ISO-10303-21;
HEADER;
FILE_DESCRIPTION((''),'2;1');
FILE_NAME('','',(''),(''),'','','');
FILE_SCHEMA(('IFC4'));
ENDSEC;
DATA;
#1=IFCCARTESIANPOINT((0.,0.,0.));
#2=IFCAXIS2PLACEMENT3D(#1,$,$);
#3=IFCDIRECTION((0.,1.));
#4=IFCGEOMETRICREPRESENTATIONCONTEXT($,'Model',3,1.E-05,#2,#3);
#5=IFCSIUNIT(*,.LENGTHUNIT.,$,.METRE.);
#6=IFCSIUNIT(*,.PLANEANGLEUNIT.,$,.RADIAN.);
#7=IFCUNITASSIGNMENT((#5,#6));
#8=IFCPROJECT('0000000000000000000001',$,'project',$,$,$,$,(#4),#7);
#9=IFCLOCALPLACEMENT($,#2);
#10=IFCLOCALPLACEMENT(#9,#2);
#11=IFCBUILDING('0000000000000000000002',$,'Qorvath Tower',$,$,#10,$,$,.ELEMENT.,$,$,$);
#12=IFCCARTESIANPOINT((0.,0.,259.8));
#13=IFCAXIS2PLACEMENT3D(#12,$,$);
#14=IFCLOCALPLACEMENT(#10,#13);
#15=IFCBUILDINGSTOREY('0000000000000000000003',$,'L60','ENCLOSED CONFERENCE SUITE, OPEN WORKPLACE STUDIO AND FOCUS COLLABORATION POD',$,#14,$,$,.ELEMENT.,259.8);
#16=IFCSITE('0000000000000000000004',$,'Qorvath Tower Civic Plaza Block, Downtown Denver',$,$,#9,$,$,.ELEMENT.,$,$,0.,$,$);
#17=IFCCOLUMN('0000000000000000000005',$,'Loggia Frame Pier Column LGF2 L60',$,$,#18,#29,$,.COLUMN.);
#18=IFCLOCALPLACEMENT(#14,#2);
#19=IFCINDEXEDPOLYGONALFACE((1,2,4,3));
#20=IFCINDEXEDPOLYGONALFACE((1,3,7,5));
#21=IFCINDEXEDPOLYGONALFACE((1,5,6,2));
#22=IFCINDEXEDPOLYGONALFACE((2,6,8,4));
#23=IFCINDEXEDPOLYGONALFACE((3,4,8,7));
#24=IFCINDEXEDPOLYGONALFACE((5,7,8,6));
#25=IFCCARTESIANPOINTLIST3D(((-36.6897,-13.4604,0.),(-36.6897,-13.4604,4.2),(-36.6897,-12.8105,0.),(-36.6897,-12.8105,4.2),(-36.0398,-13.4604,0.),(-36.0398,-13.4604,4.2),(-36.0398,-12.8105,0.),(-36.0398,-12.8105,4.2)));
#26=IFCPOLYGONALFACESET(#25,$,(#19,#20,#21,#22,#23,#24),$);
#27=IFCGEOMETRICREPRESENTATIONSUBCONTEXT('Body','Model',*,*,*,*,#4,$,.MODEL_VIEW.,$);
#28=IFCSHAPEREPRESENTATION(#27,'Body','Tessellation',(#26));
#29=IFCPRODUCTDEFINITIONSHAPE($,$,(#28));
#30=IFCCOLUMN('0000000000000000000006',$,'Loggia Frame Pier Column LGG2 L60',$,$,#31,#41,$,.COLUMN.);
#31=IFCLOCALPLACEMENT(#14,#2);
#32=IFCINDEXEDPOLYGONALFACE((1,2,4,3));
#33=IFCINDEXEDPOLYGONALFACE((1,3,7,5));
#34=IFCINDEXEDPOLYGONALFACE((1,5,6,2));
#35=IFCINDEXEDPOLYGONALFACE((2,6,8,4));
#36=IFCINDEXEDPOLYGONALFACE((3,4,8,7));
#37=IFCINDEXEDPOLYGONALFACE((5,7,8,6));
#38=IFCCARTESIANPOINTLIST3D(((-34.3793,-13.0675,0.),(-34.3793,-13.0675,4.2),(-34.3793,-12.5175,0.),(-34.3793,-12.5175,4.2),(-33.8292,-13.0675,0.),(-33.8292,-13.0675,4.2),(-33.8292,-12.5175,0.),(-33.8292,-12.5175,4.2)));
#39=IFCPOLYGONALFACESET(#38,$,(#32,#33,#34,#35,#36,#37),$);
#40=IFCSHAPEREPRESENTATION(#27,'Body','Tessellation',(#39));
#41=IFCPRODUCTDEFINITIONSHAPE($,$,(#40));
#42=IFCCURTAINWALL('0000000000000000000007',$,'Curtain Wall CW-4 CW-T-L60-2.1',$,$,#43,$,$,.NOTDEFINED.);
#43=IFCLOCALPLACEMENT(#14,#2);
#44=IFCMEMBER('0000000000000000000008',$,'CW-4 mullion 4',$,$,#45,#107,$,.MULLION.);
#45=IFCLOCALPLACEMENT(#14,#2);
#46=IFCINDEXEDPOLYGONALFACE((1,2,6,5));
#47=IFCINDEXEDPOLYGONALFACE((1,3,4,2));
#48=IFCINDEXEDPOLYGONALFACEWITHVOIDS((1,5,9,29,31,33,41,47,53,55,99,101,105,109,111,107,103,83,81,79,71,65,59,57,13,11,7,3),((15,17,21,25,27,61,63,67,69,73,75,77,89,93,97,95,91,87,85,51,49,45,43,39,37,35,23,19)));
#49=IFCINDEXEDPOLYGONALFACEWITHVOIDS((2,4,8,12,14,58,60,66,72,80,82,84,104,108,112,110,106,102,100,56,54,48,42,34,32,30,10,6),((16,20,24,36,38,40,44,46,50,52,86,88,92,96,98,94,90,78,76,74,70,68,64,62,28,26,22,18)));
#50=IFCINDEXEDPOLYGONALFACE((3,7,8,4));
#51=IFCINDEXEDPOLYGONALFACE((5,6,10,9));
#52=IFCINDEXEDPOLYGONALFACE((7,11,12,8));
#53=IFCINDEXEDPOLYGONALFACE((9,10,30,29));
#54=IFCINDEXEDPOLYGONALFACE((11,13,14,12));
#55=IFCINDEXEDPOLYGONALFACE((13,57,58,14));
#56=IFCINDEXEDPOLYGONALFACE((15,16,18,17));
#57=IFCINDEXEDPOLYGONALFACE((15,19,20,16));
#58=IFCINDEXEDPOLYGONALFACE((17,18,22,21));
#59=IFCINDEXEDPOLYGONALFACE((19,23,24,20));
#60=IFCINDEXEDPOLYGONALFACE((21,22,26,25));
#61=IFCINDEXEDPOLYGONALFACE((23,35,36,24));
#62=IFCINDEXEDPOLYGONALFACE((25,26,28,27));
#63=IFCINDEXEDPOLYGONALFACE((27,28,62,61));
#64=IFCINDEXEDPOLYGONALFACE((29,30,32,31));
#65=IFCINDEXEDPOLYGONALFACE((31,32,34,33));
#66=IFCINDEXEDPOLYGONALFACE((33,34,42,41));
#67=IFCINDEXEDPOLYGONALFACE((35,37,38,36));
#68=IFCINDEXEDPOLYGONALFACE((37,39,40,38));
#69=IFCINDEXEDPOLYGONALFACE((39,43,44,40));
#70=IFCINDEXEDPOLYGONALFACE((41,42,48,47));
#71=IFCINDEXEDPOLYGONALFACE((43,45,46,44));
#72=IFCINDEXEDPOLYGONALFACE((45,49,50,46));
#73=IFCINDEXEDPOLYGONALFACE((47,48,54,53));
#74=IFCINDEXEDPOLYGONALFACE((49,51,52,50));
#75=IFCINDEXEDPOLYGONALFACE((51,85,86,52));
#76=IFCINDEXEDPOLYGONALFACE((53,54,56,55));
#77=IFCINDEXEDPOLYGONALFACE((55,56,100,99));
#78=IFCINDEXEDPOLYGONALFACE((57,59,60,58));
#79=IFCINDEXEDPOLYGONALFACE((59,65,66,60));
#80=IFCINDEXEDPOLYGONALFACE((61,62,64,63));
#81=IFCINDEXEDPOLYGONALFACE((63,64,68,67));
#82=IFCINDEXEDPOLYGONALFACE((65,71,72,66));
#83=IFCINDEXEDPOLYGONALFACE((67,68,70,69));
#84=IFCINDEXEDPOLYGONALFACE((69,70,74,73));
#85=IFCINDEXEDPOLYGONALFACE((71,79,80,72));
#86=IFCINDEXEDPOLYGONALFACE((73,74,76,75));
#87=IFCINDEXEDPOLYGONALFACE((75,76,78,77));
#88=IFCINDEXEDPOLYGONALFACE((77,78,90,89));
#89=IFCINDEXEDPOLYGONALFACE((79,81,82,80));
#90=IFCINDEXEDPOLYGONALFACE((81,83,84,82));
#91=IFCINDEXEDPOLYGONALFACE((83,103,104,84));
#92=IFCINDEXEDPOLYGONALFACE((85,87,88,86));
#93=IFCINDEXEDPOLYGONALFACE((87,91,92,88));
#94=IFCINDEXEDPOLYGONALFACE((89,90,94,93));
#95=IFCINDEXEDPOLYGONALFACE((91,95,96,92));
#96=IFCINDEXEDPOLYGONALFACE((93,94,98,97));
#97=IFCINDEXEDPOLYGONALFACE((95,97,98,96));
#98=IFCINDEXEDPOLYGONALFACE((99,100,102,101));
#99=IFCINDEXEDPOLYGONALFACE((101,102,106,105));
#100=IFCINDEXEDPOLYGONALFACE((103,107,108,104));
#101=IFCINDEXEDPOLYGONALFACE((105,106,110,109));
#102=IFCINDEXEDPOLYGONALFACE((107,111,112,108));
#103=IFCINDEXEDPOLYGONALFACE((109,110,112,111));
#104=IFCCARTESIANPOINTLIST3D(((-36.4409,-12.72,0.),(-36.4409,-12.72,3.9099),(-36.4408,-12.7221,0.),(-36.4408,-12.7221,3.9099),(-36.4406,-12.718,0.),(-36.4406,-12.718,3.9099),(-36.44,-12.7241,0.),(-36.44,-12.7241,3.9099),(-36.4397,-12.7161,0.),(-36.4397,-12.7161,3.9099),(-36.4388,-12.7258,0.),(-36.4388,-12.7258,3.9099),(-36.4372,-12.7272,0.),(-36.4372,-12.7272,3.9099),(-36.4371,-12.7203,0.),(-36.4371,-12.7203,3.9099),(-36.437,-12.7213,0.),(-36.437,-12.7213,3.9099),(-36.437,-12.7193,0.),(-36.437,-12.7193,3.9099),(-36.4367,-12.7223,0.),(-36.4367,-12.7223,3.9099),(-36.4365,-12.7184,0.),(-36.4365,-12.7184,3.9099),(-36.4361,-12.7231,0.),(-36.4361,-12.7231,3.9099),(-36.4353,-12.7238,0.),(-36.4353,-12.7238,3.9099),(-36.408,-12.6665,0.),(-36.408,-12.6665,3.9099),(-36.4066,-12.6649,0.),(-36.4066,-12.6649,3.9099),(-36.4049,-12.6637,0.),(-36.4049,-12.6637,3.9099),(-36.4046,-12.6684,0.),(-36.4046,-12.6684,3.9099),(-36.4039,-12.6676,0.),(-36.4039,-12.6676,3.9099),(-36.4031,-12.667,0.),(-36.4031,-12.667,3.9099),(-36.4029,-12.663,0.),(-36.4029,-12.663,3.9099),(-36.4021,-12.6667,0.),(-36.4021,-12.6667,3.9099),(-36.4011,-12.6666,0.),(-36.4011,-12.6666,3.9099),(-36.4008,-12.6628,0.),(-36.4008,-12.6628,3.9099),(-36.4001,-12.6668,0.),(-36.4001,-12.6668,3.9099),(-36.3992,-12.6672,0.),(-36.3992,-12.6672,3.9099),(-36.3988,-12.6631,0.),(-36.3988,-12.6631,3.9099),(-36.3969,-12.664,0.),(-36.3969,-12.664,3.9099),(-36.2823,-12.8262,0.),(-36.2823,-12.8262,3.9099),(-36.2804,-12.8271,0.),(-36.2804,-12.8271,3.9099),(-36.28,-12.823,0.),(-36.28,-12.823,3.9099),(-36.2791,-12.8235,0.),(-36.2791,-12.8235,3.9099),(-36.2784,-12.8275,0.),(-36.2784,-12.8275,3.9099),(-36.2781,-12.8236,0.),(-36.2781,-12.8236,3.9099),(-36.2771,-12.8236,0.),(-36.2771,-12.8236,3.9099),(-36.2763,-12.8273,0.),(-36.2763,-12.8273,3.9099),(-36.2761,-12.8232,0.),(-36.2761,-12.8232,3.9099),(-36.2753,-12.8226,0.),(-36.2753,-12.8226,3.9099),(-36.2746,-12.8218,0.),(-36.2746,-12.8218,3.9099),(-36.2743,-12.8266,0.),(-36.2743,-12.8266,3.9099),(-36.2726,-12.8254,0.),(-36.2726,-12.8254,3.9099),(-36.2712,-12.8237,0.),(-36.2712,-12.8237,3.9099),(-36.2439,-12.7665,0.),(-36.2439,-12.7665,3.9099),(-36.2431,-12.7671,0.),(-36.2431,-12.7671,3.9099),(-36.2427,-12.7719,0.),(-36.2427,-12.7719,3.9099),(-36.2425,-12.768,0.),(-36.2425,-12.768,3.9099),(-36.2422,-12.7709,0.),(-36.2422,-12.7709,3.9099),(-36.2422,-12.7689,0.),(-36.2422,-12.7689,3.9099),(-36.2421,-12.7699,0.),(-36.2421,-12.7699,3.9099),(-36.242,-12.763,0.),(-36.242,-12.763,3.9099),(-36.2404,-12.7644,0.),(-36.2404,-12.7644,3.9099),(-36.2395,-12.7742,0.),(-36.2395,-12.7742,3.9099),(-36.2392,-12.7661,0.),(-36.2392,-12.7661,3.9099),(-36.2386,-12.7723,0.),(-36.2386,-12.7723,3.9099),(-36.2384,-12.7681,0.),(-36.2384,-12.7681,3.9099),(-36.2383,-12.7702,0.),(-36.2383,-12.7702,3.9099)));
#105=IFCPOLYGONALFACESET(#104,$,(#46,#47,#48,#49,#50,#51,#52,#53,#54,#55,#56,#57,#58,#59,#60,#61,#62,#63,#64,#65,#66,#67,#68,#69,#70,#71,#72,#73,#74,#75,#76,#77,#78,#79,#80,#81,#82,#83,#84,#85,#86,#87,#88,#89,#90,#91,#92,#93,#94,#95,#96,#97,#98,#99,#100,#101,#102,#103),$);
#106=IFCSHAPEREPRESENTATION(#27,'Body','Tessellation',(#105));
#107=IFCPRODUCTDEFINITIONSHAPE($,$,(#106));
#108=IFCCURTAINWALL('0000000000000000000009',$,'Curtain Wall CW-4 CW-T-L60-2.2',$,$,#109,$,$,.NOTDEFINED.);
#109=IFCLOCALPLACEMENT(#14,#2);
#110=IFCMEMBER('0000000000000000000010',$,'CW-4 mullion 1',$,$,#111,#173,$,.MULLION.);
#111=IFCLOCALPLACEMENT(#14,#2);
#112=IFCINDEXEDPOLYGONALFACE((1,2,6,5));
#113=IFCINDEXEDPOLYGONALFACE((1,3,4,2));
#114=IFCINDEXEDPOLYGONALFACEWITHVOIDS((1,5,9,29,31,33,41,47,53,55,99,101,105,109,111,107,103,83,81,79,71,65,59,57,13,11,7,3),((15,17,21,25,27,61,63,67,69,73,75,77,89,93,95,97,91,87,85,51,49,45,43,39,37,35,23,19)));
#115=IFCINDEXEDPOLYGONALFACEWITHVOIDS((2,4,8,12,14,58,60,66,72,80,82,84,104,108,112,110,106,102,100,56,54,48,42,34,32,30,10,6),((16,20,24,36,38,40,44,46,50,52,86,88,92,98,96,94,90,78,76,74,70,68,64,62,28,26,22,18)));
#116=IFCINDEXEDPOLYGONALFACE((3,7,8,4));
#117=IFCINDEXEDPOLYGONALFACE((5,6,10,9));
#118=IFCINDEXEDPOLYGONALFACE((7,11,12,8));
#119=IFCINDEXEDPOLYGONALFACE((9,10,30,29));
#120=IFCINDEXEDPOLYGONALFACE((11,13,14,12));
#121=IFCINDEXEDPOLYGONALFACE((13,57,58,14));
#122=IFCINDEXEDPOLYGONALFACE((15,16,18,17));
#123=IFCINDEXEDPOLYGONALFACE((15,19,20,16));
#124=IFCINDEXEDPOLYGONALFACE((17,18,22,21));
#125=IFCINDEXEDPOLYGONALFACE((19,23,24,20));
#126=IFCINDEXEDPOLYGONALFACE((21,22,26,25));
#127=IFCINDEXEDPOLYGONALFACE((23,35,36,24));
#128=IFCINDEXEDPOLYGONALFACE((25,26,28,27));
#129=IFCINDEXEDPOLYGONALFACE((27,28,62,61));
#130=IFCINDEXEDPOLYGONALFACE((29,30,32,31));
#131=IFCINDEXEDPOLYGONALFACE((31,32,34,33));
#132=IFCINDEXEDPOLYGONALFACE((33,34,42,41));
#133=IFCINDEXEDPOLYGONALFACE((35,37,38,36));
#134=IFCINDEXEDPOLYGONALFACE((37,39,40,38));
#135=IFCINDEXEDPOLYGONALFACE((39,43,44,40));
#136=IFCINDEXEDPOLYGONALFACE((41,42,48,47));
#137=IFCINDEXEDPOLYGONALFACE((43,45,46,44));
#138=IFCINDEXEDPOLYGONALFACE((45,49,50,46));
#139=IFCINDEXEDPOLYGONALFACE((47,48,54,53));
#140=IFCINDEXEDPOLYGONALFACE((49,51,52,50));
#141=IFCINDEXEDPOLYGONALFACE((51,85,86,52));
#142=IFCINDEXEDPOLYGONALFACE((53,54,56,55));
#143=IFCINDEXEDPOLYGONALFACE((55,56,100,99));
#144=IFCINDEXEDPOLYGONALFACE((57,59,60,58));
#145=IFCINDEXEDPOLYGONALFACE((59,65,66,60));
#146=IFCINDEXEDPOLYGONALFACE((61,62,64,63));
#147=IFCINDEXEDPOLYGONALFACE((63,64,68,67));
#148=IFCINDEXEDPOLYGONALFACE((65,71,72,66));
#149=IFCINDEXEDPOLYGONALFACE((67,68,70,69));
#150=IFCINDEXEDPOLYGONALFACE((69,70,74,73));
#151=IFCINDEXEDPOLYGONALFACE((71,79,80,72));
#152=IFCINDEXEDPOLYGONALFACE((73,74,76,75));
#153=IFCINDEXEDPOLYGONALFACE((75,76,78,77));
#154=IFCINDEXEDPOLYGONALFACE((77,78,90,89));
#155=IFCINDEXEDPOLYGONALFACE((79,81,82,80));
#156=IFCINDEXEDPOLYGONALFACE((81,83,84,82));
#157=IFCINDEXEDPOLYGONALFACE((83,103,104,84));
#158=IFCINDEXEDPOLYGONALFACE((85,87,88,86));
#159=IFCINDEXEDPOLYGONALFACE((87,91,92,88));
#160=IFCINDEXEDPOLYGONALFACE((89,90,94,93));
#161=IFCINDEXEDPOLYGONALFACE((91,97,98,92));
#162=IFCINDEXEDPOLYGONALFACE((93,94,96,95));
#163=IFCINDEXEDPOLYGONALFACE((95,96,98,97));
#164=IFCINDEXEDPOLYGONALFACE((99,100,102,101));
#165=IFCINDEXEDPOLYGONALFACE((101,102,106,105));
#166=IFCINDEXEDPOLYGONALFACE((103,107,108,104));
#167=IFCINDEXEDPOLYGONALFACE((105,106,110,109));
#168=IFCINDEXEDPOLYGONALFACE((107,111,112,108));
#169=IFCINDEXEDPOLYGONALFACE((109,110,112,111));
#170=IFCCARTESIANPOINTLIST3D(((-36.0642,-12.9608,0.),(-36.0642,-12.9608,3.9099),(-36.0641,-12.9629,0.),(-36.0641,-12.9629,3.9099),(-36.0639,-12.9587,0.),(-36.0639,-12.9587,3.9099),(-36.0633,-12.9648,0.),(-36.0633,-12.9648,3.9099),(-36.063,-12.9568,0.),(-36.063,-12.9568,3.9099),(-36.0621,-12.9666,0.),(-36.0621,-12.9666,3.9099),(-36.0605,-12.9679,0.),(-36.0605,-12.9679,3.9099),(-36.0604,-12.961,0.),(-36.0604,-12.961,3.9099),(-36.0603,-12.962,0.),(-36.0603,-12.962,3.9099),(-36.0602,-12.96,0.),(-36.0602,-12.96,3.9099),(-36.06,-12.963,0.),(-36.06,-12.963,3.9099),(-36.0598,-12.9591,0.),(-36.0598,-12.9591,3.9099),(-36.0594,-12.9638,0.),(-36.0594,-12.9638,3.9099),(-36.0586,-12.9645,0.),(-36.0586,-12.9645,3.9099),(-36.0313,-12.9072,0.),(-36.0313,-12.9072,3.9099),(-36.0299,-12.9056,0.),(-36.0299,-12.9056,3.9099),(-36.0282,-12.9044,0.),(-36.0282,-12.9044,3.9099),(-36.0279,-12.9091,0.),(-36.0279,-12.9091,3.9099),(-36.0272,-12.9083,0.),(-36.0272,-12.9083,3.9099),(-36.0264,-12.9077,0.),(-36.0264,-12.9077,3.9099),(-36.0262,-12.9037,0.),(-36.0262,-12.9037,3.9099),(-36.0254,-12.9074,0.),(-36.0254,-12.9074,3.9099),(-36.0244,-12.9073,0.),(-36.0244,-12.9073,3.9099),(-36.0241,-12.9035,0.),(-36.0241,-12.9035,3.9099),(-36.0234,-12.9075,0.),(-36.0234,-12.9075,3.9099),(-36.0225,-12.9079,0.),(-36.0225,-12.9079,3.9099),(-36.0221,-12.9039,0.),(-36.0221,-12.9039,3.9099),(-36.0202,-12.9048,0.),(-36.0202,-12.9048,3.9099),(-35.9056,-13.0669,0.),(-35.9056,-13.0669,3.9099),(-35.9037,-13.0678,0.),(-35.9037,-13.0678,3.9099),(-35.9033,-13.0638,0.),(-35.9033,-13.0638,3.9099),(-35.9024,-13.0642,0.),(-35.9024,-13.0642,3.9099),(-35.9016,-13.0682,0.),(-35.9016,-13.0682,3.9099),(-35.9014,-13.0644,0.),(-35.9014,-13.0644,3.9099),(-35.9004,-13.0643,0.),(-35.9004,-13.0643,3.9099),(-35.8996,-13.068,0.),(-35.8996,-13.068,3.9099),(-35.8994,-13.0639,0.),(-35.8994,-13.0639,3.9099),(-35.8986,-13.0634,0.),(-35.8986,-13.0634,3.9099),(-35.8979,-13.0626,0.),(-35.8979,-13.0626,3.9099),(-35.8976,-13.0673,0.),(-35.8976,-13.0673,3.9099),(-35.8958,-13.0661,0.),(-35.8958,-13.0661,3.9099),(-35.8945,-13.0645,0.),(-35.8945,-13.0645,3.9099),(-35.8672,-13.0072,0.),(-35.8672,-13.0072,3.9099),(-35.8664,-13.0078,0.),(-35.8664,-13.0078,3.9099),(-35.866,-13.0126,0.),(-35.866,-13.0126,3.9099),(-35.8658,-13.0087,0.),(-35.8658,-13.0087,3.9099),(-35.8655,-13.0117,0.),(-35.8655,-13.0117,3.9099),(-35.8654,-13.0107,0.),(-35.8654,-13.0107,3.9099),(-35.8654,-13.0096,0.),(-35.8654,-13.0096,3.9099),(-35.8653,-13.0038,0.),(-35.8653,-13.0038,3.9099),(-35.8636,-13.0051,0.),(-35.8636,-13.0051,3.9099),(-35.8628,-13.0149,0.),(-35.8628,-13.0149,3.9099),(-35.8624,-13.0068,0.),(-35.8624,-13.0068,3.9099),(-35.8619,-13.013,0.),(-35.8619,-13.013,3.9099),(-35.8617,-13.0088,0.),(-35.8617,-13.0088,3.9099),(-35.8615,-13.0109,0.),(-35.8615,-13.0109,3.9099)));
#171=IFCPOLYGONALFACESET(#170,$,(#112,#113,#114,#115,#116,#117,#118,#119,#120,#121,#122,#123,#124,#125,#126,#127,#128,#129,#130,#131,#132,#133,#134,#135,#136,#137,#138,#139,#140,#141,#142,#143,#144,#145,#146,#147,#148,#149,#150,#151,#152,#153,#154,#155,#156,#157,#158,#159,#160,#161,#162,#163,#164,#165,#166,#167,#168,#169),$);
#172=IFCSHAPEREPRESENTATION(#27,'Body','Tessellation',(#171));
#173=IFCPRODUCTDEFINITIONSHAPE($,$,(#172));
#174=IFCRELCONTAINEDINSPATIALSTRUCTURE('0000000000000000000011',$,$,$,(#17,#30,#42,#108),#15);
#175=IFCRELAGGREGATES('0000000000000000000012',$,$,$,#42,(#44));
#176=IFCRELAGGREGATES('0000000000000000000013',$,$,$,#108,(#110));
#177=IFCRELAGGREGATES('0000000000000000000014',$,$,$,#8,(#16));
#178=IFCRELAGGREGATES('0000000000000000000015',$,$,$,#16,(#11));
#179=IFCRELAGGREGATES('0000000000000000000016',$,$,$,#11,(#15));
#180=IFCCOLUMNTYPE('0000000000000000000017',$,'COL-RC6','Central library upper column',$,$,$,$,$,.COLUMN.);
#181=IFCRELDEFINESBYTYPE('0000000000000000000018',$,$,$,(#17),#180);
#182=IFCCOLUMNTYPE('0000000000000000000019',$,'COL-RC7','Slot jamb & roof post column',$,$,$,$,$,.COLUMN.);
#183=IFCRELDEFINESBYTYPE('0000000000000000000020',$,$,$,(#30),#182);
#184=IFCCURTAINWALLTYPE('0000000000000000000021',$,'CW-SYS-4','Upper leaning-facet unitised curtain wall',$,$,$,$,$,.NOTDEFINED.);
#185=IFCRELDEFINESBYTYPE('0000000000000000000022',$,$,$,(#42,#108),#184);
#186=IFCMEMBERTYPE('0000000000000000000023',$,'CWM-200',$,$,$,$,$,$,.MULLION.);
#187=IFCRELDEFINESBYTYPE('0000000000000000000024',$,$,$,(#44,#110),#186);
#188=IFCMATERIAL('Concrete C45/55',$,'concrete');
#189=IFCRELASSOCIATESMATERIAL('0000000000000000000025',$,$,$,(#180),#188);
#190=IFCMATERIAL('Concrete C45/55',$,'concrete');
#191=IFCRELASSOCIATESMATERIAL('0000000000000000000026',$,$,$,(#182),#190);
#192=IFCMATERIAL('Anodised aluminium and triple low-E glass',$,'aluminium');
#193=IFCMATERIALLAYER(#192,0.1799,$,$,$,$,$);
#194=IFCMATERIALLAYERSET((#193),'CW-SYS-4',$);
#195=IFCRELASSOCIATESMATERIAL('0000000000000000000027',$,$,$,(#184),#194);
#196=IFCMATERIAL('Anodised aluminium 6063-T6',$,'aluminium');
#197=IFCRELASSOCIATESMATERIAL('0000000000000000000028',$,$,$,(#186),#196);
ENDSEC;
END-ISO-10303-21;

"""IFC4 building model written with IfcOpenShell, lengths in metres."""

from ifc_helpers import new_model, si_unit, direction, frame, origin, origin_2d, place, context, subcontext, project, spatial, rectangle, hollow_rectangle, extrude, material, layer, layer_set, material_profile, profile_set, type_object, element, aggregate, save


model = new_model("IFC4")

# Units and contexts
model_context = context("Model", 3, precision=1e-05, world=origin(), true_north=direction((0.0, 1.0)))
body_context = subcontext(model_context, "Body", "Model", "MODEL_VIEW")
ifc_project = project(units=[si_unit("LENGTHUNIT", "METRE"), si_unit("PLANEANGLEUNIT", "RADIAN")], contexts=[model_context])

# Site, building, storey
site_placement = place(None, origin())
site = spatial("IfcSite", under=ifc_project, at=site_placement, Name="Qorvath Tower Civic Plaza Block, Downtown Denver", CompositionType="ELEMENT", RefElevation=0.0)
building_placement = place(site_placement, origin())
building = spatial("IfcBuilding", under=site, at=building_placement, Name="Qorvath Tower", CompositionType="ELEMENT")
storey_placement = place(building_placement, frame((0.0, 0.0, 259.8)))
storey = spatial("IfcBuildingStorey", under=building, at=storey_placement, Name="L60", Description="ENCLOSED CONFERENCE SUITE, OPEN WORKPLACE STUDIO AND FOCUS COLLABORATION POD", CompositionType="ELEMENT", Elevation=259.8)

# Columns
ifc_material_1 = material(Name="Concrete C45/55", Category="concrete")
ifc_material_profile_1 = material_profile(ifc_material_1, rectangle(XDim=0.6499, YDim=0.6499, at=origin_2d()), Name="RC 650x650")
ifc_profile_set_1 = profile_set([ifc_material_profile_1], Name="Concrete C45/55")
column_type_1 = type_object("IfcColumnType", Name="COL-RC6", Description="Central library upper column", PredefinedType="COLUMN", material=ifc_profile_set_1)
column_1_placement = place(storey_placement, frame((-36.3647, -13.1355, 0.0), z_axis=(0.0, 0.0, 1.0), x_axis=(1.0, 0.0, 0.0)))
element("IfcColumn", 1, at=column_1_placement, inside=storey, type_object=column_type_1, Name="Loggia Frame Pier Column LGF2 L60", PredefinedType="COLUMN", context=body_context, shape_type="SweptSolid", body=[
    extrude(rectangle(XDim=0.6499, YDim=0.6499, at=origin_2d()), origin(), (0.0, 0.0, 1.0), 4.2),
])
ifc_material_2 = material(Name="Concrete C45/55", Category="concrete")
ifc_material_profile_2 = material_profile(ifc_material_2, rectangle(XDim=0.55, YDim=0.55, at=origin_2d()), Name="RC 550x550")
ifc_profile_set_2 = profile_set([ifc_material_profile_2], Name="Concrete C45/55")
column_type_2 = type_object("IfcColumnType", Name="COL-RC7", Description="Slot jamb & roof post column", PredefinedType="COLUMN", material=ifc_profile_set_2)
column_2_placement = place(storey_placement, frame((-34.1042, -12.7925, 0.0), z_axis=(0.0, 0.0, 1.0), x_axis=(1.0, 0.0, 0.0)))
element("IfcColumn", 2, at=column_2_placement, inside=storey, type_object=column_type_2, Name="Loggia Frame Pier Column LGG2 L60", PredefinedType="COLUMN", context=body_context, shape_type="SweptSolid", body=[
    extrude(rectangle(XDim=0.55, YDim=0.55, at=origin_2d()), origin(), (0.0, 0.0, 1.0), 4.2),
])

# Curtain wall, member
ifc_material_3 = material(Name="Anodised aluminium and triple low-E glass", Category="aluminium")
ifc_layer_1 = layer(ifc_material_3, 0.1799)
ifc_layer_set_1 = layer_set([ifc_layer_1], Name="CW-SYS-4")
curtain_wall_type = type_object("IfcCurtainWallType", Name="CW-SYS-4", Description="Upper leaning-facet unitised curtain wall", PredefinedType="NOTDEFINED", material=ifc_layer_set_1)
curtain_wall_1_placement = place(storey_placement, origin())
curtain_wall_1 = element("IfcCurtainWall", 3, at=curtain_wall_1_placement, inside=storey, type_object=curtain_wall_type, Name="Curtain Wall CW-4 CW-T-L60-2.1", PredefinedType="NOTDEFINED")
ifc_material_4 = material(Name="Anodised aluminium 6063-T6", Category="aluminium")
ifc_material_profile_3 = material_profile(ifc_material_4, hollow_rectangle(XDim=0.075, YDim=0.2, WallThickness=0.0039, InnerFilletRadius=0.0039, OuterFilletRadius=0.0081, at=origin_2d()), Name="CWM 200x75")
ifc_profile_set_3 = profile_set([ifc_material_profile_3], Name="Anodised aluminium 6063-T6")
member_type_1 = type_object("IfcMemberType", Name="CWM-200", PredefinedType="MULLION", material=ifc_profile_set_3)
member_1_placement = place(storey_placement, frame((-36.3396, -12.7451, 0.0), z_axis=(0.0, 0.0, 1.0), x_axis=(0.538529, 0.842607, 0.0)))
member_1 = element("IfcMember", 4, at=member_1_placement, type_object=member_type_1, Name="CW-4 mullion 4", PredefinedType="MULLION", context=body_context, shape_type="SweptSolid", body=[
    extrude(hollow_rectangle(XDim=0.075, YDim=0.2, WallThickness=0.0039, InnerFilletRadius=0.0039, OuterFilletRadius=0.0081, at=origin_2d()), origin(), (0.0, 0.0, 1.0), 3.9099),
])
aggregate(curtain_wall_1, [member_1])

# Curtain wall, member
curtain_wall_2_placement = place(storey_placement, origin())
curtain_wall_2 = element("IfcCurtainWall", 5, at=curtain_wall_2_placement, inside=storey, type_object=curtain_wall_type, Name="Curtain Wall CW-4 CW-T-L60-2.2", PredefinedType="NOTDEFINED")
member_2_placement = place(storey_placement, frame((-35.9629, -12.9858, 0.0), z_axis=(0.0, 0.0, 1.0), x_axis=(0.538536, 0.842602, 0.0)))
member_2 = element("IfcMember", 6, at=member_2_placement, type_object=member_type_1, Name="CW-4 mullion 1", PredefinedType="MULLION", context=body_context, shape_type="SweptSolid", body=[
    extrude(hollow_rectangle(XDim=0.075, YDim=0.2, WallThickness=0.0039, InnerFilletRadius=0.0039, OuterFilletRadius=0.0081, at=origin_2d()), origin(), (0.0, 0.0, 1.0), 3.9099),
])
aggregate(curtain_wall_2, [member_2])

save(model, "model.ifc")
